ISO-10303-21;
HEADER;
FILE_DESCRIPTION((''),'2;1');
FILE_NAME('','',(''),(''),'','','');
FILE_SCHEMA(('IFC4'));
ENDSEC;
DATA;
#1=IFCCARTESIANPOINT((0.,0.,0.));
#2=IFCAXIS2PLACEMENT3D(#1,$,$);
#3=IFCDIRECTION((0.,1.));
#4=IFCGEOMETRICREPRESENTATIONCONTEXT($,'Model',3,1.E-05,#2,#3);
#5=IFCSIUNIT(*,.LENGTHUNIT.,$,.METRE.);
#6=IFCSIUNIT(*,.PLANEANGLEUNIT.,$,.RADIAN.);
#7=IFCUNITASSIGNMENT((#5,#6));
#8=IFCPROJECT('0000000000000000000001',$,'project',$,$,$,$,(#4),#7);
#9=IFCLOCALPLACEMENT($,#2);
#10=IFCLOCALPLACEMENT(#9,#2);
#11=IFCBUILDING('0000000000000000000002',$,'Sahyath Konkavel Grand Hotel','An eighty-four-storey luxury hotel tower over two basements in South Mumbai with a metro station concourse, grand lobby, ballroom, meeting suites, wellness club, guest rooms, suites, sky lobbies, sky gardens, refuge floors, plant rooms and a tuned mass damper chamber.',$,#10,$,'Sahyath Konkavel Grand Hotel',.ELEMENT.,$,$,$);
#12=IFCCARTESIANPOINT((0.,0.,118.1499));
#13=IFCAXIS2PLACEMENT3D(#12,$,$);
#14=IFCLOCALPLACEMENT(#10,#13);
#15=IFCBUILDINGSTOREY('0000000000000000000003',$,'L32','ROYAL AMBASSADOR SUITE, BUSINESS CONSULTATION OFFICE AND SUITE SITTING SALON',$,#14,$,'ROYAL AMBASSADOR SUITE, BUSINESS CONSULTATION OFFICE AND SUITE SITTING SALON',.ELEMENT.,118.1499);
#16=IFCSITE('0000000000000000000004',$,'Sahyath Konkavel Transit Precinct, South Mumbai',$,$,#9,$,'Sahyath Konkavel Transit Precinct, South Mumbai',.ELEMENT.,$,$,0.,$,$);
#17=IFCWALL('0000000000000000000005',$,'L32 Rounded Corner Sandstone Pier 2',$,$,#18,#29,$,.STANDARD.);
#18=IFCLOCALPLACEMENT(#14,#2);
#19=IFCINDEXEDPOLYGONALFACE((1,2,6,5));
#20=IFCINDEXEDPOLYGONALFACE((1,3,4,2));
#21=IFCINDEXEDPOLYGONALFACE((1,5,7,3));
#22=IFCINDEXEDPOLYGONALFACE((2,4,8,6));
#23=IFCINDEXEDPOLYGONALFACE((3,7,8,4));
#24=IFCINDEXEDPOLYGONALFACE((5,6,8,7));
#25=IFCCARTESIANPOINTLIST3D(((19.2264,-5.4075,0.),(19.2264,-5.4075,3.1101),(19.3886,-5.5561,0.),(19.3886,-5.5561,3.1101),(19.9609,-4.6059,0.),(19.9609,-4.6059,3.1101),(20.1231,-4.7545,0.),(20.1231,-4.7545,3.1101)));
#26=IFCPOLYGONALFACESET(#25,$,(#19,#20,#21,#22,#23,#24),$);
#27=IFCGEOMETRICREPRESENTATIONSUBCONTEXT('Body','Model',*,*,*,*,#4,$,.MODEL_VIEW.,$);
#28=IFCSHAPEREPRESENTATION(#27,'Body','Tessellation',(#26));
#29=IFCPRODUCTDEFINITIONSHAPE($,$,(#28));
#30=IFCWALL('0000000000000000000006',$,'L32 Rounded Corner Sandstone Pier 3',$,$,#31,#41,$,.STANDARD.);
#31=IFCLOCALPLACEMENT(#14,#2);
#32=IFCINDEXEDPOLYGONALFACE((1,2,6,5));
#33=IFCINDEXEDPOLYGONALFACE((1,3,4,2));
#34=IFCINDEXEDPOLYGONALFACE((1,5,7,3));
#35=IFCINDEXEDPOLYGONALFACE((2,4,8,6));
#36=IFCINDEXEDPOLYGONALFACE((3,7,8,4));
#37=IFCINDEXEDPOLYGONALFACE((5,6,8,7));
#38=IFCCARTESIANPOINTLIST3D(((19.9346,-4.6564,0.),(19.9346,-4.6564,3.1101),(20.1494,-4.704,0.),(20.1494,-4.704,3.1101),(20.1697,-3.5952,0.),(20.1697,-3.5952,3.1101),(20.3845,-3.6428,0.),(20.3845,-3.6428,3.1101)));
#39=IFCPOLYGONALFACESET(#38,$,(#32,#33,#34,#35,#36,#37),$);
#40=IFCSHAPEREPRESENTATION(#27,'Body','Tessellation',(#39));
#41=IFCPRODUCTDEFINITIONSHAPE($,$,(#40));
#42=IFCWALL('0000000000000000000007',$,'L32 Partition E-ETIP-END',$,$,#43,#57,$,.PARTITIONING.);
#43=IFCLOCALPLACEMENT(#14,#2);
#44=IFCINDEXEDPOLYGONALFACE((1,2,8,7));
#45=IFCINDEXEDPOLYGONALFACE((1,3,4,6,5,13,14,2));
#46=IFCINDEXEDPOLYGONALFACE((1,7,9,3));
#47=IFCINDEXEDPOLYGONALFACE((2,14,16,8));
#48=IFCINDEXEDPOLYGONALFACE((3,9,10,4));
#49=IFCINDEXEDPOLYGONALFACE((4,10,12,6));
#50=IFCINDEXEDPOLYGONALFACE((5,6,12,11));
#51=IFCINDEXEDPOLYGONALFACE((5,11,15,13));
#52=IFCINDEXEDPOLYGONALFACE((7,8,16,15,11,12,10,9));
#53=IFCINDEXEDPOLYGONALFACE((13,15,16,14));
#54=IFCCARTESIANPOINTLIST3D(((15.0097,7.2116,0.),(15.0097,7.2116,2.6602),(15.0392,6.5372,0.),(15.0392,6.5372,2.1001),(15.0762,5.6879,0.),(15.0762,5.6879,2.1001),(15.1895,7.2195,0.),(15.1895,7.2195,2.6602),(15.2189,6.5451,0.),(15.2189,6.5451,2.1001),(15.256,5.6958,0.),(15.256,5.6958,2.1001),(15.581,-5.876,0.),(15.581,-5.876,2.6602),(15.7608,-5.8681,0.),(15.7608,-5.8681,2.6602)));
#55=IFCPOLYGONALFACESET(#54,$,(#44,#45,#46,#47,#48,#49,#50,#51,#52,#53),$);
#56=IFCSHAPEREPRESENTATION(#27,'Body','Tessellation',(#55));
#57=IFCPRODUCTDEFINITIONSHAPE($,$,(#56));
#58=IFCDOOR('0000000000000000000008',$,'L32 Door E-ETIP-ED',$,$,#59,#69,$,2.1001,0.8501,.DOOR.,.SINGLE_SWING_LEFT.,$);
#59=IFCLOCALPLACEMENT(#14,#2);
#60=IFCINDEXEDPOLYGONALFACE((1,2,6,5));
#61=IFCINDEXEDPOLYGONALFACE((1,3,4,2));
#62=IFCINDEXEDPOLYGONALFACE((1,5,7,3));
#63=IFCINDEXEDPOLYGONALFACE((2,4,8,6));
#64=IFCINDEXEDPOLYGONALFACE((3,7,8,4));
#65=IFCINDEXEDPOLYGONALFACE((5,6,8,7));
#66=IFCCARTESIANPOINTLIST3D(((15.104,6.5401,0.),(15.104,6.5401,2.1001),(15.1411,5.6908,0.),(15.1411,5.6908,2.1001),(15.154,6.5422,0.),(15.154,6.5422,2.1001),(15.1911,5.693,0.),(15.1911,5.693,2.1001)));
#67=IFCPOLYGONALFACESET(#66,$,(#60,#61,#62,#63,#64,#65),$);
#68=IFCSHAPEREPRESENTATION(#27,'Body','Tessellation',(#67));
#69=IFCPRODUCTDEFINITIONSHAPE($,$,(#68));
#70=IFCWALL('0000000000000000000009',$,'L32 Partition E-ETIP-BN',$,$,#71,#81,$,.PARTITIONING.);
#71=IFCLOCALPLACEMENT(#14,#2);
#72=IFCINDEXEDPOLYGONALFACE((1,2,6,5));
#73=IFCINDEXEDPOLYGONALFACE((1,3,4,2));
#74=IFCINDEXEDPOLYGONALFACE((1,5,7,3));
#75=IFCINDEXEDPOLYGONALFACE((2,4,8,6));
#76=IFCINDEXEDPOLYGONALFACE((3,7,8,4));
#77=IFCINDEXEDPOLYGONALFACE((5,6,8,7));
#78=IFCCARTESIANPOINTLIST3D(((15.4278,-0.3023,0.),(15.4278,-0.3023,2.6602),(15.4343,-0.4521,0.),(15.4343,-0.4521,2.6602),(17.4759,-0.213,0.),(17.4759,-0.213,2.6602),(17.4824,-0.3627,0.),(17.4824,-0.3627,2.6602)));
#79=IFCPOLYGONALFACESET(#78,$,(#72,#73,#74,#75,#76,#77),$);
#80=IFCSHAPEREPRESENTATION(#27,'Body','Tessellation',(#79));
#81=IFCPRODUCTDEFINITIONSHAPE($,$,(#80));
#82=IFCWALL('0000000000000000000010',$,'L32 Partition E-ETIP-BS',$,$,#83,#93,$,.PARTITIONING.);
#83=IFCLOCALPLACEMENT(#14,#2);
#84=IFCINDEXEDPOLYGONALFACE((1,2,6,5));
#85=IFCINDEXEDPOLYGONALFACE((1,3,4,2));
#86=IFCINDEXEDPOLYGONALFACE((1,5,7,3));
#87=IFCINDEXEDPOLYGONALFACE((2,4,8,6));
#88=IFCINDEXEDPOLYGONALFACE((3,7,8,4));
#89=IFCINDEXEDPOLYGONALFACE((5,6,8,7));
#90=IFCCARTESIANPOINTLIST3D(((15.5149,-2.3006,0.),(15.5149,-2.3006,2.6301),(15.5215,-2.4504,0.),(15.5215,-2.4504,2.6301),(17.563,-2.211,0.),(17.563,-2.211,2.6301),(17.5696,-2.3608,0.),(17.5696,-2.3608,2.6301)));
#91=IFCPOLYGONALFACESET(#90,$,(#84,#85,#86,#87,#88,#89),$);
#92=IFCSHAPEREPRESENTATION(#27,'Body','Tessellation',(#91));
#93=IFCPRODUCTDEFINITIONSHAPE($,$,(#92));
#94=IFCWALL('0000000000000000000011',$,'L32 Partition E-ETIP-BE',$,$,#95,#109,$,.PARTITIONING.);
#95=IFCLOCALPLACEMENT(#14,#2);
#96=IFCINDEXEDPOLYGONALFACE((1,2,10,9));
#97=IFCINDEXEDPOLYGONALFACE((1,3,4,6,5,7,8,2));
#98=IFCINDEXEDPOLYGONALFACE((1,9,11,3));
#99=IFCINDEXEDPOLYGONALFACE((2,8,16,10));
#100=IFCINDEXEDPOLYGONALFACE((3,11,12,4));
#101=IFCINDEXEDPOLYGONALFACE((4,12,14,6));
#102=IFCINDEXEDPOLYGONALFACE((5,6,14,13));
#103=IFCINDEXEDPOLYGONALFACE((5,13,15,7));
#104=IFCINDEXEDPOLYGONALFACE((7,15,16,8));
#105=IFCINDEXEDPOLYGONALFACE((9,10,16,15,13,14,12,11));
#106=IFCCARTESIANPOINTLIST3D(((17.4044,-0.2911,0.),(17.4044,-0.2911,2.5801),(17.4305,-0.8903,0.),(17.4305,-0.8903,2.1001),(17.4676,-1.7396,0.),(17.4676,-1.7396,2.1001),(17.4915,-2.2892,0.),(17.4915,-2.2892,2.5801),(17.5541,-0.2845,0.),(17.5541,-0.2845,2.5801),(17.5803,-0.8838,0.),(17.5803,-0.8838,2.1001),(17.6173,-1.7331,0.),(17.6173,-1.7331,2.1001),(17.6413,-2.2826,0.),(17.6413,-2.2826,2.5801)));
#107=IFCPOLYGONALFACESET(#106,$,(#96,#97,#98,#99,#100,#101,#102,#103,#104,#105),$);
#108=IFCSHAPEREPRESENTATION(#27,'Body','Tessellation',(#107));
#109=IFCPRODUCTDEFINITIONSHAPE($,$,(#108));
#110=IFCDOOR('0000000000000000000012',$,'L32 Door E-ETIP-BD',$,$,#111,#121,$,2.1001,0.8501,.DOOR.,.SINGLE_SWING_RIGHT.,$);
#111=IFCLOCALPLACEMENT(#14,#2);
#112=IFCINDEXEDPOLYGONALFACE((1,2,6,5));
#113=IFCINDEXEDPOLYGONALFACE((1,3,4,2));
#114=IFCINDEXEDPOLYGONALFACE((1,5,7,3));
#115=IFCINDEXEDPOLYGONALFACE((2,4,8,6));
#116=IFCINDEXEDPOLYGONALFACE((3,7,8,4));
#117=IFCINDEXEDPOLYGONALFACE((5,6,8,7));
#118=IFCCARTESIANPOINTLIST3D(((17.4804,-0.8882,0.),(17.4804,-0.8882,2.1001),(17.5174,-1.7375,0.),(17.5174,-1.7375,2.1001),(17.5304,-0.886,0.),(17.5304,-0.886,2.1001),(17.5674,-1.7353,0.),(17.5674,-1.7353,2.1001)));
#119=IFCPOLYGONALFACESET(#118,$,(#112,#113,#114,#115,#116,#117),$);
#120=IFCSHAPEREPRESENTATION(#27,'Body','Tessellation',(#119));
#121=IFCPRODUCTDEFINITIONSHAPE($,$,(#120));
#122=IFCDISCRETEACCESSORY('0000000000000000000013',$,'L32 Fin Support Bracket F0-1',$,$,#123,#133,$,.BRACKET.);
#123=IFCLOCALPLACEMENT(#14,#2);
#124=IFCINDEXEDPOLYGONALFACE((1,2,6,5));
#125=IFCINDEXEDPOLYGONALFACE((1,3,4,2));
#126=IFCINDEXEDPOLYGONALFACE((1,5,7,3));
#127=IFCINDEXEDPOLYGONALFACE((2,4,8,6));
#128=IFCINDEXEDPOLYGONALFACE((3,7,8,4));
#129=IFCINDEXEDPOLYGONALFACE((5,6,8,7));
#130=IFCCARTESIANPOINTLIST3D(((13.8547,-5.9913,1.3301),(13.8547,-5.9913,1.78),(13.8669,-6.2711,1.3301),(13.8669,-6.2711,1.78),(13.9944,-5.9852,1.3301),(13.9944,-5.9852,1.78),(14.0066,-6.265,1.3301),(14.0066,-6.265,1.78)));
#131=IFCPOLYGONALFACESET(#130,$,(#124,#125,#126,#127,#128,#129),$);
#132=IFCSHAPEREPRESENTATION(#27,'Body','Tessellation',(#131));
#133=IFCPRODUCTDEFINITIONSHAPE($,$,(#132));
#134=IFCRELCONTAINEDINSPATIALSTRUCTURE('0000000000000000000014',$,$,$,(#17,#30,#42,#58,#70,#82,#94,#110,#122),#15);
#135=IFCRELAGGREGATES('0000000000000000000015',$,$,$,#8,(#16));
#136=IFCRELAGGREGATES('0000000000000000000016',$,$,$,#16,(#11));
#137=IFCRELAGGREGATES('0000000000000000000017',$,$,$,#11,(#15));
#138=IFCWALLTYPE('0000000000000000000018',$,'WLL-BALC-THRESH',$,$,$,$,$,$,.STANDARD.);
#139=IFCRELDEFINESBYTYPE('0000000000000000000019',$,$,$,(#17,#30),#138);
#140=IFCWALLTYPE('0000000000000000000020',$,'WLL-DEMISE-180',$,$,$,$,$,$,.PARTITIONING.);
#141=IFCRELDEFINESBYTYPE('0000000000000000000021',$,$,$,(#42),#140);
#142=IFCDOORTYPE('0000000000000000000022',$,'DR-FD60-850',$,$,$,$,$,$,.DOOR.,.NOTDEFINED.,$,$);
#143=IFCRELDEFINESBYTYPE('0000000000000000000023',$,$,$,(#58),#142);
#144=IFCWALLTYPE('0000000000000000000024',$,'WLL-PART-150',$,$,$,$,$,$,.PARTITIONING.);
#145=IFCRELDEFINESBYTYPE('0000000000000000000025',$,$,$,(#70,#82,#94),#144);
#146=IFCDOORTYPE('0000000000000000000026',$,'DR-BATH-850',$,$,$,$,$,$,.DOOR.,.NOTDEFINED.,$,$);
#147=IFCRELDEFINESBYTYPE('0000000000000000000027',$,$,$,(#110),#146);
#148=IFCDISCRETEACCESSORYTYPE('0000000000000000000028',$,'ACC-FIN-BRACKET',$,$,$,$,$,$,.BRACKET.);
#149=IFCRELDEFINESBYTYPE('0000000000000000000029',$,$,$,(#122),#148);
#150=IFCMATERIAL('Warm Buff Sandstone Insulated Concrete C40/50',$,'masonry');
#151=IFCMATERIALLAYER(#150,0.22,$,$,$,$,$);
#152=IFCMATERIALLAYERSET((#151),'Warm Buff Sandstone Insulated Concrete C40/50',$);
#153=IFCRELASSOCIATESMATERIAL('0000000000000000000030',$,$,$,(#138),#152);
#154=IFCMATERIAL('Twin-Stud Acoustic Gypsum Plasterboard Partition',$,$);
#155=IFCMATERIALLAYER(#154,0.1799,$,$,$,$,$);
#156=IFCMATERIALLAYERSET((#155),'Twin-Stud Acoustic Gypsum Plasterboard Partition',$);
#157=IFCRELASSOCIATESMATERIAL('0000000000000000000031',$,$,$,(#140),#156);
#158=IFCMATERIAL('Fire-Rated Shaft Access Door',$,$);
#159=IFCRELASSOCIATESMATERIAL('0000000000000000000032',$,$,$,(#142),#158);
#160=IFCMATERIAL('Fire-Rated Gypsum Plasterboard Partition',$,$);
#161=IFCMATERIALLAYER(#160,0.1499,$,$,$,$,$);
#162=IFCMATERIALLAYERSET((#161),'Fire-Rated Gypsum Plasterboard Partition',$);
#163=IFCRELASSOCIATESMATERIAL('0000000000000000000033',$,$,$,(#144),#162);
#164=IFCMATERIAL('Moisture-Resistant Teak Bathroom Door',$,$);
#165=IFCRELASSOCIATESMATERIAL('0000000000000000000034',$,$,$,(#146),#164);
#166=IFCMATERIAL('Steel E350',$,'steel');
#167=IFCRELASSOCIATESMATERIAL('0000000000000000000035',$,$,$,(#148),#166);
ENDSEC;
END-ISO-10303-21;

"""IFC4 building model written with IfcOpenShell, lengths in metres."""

from ifc_helpers import new_model, si_unit, direction, frame, frame_2d, origin, origin_2d, place, context, subcontext, project, spatial, rectangle, extrude, source, transform, mapped, material, layer, layer_set, type_object, element, fill, save


model = new_model("IFC4")

# Units and contexts
model_context = context("Model", 3, precision=1e-05, world=origin(), true_north=direction((0.0, 1.0)))
body_context = subcontext(model_context, "Body", "Model", "MODEL_VIEW")
ifc_project = project(units=[si_unit("LENGTHUNIT", "METRE"), si_unit("PLANEANGLEUNIT", "RADIAN")], contexts=[model_context])

# Site, building, storey
site_placement = place(None, origin())
site = spatial("IfcSite", under=ifc_project, at=site_placement, Name="Sahyath Konkavel Transit Precinct, South Mumbai", LongName="Sahyath Konkavel Transit Precinct, South Mumbai", CompositionType="ELEMENT", RefElevation=0.0)
building_placement = place(site_placement, origin())
building = spatial("IfcBuilding", under=site, at=building_placement, Name="Sahyath Konkavel Grand Hotel", Description="An eighty-four-storey luxury hotel tower over two basements in South Mumbai with a metro station concourse, grand lobby, ballroom, meeting suites, wellness club, guest rooms, suites, sky lobbies, sky gardens, refuge floors, plant rooms and a tuned mass damper chamber.", LongName="Sahyath Konkavel Grand Hotel", CompositionType="ELEMENT")
storey_placement = place(building_placement, frame((0.0, 0.0, 118.1499)))
storey = spatial("IfcBuildingStorey", under=building, at=storey_placement, Name="L32", Description="ROYAL AMBASSADOR SUITE, BUSINESS CONSULTATION OFFICE AND SUITE SITTING SALON", LongName="ROYAL AMBASSADOR SUITE, BUSINESS CONSULTATION OFFICE AND SUITE SITTING SALON", CompositionType="ELEMENT", Elevation=118.1499)

# Shared definitions
ifc_material_1 = material(Name="Steel E350", Category="steel")

# Walls
ifc_material_2 = material(Name="Warm Buff Sandstone Insulated Concrete C40/50", Category="masonry")
ifc_layer_1 = layer(ifc_material_2, 0.22)
ifc_layer_set_1 = layer_set([ifc_layer_1], Name="Warm Buff Sandstone Insulated Concrete C40/50")
wall_type_1 = type_object("IfcWallType", Name="WLL-BALC-THRESH", PredefinedType="STANDARD", material=ifc_layer_set_1)
for number, where, z_axis, x_axis, name in (
    (1, (19.3076, -5.4817, 0.0), (0.0, 0.0, 1.0), (0.675552, 0.737313, 0.0), "L32 Rounded Corner Sandstone Pier 2"),
):
    element("IfcWall", number, at=place(storey_placement, frame(where, z_axis=z_axis, x_axis=x_axis)), inside=storey, type_object=wall_type_1, Name=name, PredefinedType="STANDARD", context=body_context, shape_type="SweptSolid", body=[
        extrude(rectangle(XDim=1.0872, YDim=0.22, at=frame_2d((0.5435, 0.0))), origin(), (0.0, 0.0, 1.0), 3.1101),
    ])
wall_1_placement = place(storey_placement, frame((20.042, -4.6802, 0.0), z_axis=(0.0, 0.0, 1.0), x_axis=(0.216288, 0.97633, 0.0)))
element("IfcWall", 2, at=wall_1_placement, inside=storey, type_object=wall_type_1, Name="L32 Rounded Corner Sandstone Pier 3", PredefinedType="STANDARD", context=body_context, shape_type="SweptSolid", body=[
    extrude(rectangle(XDim=1.0869, YDim=0.22, at=frame_2d((0.5435, 0.0))), origin(), (0.0, 0.0, 1.0), 3.1101),
])

# Wall, opening, door
ifc_material_3 = material(Name="Twin-Stud Acoustic Gypsum Plasterboard Partition")
ifc_layer_2 = layer(ifc_material_3, 0.1799)
ifc_layer_set_2 = layer_set([ifc_layer_2], Name="Twin-Stud Acoustic Gypsum Plasterboard Partition")
wall_type_2 = type_object("IfcWallType", Name="WLL-DEMISE-180", PredefinedType="PARTITIONING", material=ifc_layer_set_2)
wall_2_placement = place(storey_placement, frame((15.6709, -5.8721, 0.0), z_axis=(0.0, 0.0, 1.0), x_axis=(-0.043609, 0.999049, 0.0)))
wall_2 = element("IfcWall", 3, at=wall_2_placement, inside=storey, type_object=wall_type_2, Name="L32 Partition E-ETIP-END", PredefinedType="PARTITIONING", context=body_context, shape_type="SweptSolid", body=[
    extrude(rectangle(XDim=13.1001, YDim=0.1799, at=frame_2d((6.55, 0.0))), origin(), (0.0, 0.0, 1.0), 2.6602),
])
opening_1_placement = place(wall_2_placement, frame((11.575, 0.0, 0.0)))
opening_1 = element("IfcOpeningElement", 4, at=opening_1_placement, cuts=wall_2, PredefinedType="OPENING", context=body_context, shape_type="SweptSolid", body=[
    extrude(rectangle(XDim=0.8501, YDim=2.1001, at=frame_2d((0.425, 1.05))), frame((0.0, 0.1001, 0.0), z_axis=(0.0, -1.0, 0.0), x_axis=(1.0, 0.0, 0.0)), (0.0, 0.0, 1.0), 0.2),
])
ifc_material_4 = material(Name="Fire-Rated Shaft Access Door")
door_type_1 = type_object("IfcDoorType", Name="DR-FD60-850", OperationType="NOTDEFINED", PredefinedType="DOOR", material=ifc_material_4)
shared_shape_1 = source(origin(), body_context, "Body", "SweptSolid", [
    extrude(rectangle(XDim=0.8501, YDim=0.05, at=origin_2d()), origin(), (0.0, 0.0, 1.0), 2.1001),
])
door_1_placement = place(opening_1_placement, frame((0.425, 0.0, 0.0)))
door_1 = element("IfcDoor", 5, at=door_1_placement, inside=storey, type_object=door_type_1, Name="L32 Door E-ETIP-ED", OperationType="SINGLE_SWING_LEFT", OverallHeight=2.1001, OverallWidth=0.8501, PredefinedType="DOOR", context=body_context, shape_type="MappedRepresentation", body=[
    mapped(shared_shape_1, transform((0.0, 0.0, 0.0), scale=1.0)),
])
fill(opening_1, door_1)

# Walls
ifc_material_5 = material(Name="Fire-Rated Gypsum Plasterboard Partition")
ifc_layer_3 = layer(ifc_material_5, 0.1499)
ifc_layer_set_3 = layer_set([ifc_layer_3], Name="Fire-Rated Gypsum Plasterboard Partition")
wall_type_3 = type_object("IfcWallType", Name="WLL-PART-150", PredefinedType="PARTITIONING", material=ifc_layer_set_3)
wall_3_placement = place(storey_placement, frame((15.4312, -0.3772, 0.0), z_axis=(0.0, 0.0, 1.0), x_axis=(0.99905, 0.043587, 0.0)))
element("IfcWall", 6, at=wall_3_placement, inside=storey, type_object=wall_type_3, Name="L32 Partition E-ETIP-BN", PredefinedType="PARTITIONING", context=body_context, shape_type="SweptSolid", body=[
    extrude(rectangle(XDim=2.05, YDim=0.1499, at=frame_2d((1.0249, 0.0))), origin(), (0.0, 0.0, 1.0), 2.6602),
])
wall_4_placement = place(storey_placement, frame((15.5183, -2.3755, 0.0), z_axis=(0.0, 0.0, 1.0), x_axis=(0.999044, 0.043706, 0.0)))
element("IfcWall", 7, at=wall_4_placement, inside=storey, type_object=wall_type_3, Name="L32 Partition E-ETIP-BS", PredefinedType="PARTITIONING", context=body_context, shape_type="SweptSolid", body=[
    extrude(rectangle(XDim=2.05, YDim=0.1499, at=frame_2d((1.0249, 0.0))), origin(), (0.0, 0.0, 1.0), 2.6301),
])

# Wall, opening, door
wall_5_placement = place(storey_placement, frame((17.5664, -2.2859, 0.0), z_axis=(0.0, 0.0, 1.0), x_axis=(-0.04358, 0.99905, 0.0)))
wall_5 = element("IfcWall", 8, at=wall_5_placement, inside=storey, type_object=wall_type_3, Name="L32 Partition E-ETIP-BE", PredefinedType="PARTITIONING", context=body_context, shape_type="SweptSolid", body=[
    extrude(rectangle(XDim=2.0, YDim=0.1499, at=frame_2d((1.0, 0.0))), origin(), (0.0, 0.0, 1.0), 2.5801),
])
opening_2_placement = place(wall_5_placement, frame((0.55, 0.0, 0.0)))
opening_2 = element("IfcOpeningElement", 9, at=opening_2_placement, cuts=wall_5, PredefinedType="OPENING", context=body_context, shape_type="SweptSolid", body=[
    extrude(rectangle(XDim=0.8501, YDim=2.1001, at=frame_2d((0.425, 1.05))), frame((0.0, 0.085, 0.0), z_axis=(0.0, -1.0, 0.0), x_axis=(1.0, 0.0, 0.0)), (0.0, 0.0, 1.0), 0.1699),
])
ifc_material_6 = material(Name="Moisture-Resistant Teak Bathroom Door")
door_type_2 = type_object("IfcDoorType", Name="DR-BATH-850", OperationType="NOTDEFINED", PredefinedType="DOOR", material=ifc_material_6)
door_2_placement = place(opening_2_placement, frame((0.425, 0.0, 0.0)))
door_2 = element("IfcDoor", 10, at=door_2_placement, inside=storey, type_object=door_type_2, Name="L32 Door E-ETIP-BD", OperationType="SINGLE_SWING_RIGHT", OverallHeight=2.1001, OverallWidth=0.8501, PredefinedType="DOOR", context=body_context, shape_type="MappedRepresentation", body=[
    mapped(shared_shape_1, transform((0.0, 0.0, 0.0), scale=1.0)),
])
fill(opening_2, door_2)

# Discrete accessory
discrete_accessory_type = type_object("IfcDiscreteAccessoryType", Name="ACC-FIN-BRACKET", PredefinedType="BRACKET", material=ifc_material_1)
shared_shape_2 = source(origin(), body_context, "Body", "SweptSolid", [
    extrude(rectangle(XDim=0.28, YDim=0.1399, at=origin_2d()), origin(), (0.0, 0.0, 1.0), 0.45),
])
discrete_accessory_placement = place(storey_placement, frame((13.9307, -6.1282, 1.3301), z_axis=(0.0, 0.0, 1.0), x_axis=(0.043602, -0.999049, 0.0)))
element("IfcDiscreteAccessory", 11, at=discrete_accessory_placement, inside=storey, type_object=discrete_accessory_type, Name="L32 Fin Support Bracket F0-1", PredefinedType="BRACKET", context=body_context, shape_type="MappedRepresentation", body=[
    mapped(shared_shape_2, transform((0.0, 0.0, 0.0), scale=1.0)),
])

save(model, "model.ifc")
